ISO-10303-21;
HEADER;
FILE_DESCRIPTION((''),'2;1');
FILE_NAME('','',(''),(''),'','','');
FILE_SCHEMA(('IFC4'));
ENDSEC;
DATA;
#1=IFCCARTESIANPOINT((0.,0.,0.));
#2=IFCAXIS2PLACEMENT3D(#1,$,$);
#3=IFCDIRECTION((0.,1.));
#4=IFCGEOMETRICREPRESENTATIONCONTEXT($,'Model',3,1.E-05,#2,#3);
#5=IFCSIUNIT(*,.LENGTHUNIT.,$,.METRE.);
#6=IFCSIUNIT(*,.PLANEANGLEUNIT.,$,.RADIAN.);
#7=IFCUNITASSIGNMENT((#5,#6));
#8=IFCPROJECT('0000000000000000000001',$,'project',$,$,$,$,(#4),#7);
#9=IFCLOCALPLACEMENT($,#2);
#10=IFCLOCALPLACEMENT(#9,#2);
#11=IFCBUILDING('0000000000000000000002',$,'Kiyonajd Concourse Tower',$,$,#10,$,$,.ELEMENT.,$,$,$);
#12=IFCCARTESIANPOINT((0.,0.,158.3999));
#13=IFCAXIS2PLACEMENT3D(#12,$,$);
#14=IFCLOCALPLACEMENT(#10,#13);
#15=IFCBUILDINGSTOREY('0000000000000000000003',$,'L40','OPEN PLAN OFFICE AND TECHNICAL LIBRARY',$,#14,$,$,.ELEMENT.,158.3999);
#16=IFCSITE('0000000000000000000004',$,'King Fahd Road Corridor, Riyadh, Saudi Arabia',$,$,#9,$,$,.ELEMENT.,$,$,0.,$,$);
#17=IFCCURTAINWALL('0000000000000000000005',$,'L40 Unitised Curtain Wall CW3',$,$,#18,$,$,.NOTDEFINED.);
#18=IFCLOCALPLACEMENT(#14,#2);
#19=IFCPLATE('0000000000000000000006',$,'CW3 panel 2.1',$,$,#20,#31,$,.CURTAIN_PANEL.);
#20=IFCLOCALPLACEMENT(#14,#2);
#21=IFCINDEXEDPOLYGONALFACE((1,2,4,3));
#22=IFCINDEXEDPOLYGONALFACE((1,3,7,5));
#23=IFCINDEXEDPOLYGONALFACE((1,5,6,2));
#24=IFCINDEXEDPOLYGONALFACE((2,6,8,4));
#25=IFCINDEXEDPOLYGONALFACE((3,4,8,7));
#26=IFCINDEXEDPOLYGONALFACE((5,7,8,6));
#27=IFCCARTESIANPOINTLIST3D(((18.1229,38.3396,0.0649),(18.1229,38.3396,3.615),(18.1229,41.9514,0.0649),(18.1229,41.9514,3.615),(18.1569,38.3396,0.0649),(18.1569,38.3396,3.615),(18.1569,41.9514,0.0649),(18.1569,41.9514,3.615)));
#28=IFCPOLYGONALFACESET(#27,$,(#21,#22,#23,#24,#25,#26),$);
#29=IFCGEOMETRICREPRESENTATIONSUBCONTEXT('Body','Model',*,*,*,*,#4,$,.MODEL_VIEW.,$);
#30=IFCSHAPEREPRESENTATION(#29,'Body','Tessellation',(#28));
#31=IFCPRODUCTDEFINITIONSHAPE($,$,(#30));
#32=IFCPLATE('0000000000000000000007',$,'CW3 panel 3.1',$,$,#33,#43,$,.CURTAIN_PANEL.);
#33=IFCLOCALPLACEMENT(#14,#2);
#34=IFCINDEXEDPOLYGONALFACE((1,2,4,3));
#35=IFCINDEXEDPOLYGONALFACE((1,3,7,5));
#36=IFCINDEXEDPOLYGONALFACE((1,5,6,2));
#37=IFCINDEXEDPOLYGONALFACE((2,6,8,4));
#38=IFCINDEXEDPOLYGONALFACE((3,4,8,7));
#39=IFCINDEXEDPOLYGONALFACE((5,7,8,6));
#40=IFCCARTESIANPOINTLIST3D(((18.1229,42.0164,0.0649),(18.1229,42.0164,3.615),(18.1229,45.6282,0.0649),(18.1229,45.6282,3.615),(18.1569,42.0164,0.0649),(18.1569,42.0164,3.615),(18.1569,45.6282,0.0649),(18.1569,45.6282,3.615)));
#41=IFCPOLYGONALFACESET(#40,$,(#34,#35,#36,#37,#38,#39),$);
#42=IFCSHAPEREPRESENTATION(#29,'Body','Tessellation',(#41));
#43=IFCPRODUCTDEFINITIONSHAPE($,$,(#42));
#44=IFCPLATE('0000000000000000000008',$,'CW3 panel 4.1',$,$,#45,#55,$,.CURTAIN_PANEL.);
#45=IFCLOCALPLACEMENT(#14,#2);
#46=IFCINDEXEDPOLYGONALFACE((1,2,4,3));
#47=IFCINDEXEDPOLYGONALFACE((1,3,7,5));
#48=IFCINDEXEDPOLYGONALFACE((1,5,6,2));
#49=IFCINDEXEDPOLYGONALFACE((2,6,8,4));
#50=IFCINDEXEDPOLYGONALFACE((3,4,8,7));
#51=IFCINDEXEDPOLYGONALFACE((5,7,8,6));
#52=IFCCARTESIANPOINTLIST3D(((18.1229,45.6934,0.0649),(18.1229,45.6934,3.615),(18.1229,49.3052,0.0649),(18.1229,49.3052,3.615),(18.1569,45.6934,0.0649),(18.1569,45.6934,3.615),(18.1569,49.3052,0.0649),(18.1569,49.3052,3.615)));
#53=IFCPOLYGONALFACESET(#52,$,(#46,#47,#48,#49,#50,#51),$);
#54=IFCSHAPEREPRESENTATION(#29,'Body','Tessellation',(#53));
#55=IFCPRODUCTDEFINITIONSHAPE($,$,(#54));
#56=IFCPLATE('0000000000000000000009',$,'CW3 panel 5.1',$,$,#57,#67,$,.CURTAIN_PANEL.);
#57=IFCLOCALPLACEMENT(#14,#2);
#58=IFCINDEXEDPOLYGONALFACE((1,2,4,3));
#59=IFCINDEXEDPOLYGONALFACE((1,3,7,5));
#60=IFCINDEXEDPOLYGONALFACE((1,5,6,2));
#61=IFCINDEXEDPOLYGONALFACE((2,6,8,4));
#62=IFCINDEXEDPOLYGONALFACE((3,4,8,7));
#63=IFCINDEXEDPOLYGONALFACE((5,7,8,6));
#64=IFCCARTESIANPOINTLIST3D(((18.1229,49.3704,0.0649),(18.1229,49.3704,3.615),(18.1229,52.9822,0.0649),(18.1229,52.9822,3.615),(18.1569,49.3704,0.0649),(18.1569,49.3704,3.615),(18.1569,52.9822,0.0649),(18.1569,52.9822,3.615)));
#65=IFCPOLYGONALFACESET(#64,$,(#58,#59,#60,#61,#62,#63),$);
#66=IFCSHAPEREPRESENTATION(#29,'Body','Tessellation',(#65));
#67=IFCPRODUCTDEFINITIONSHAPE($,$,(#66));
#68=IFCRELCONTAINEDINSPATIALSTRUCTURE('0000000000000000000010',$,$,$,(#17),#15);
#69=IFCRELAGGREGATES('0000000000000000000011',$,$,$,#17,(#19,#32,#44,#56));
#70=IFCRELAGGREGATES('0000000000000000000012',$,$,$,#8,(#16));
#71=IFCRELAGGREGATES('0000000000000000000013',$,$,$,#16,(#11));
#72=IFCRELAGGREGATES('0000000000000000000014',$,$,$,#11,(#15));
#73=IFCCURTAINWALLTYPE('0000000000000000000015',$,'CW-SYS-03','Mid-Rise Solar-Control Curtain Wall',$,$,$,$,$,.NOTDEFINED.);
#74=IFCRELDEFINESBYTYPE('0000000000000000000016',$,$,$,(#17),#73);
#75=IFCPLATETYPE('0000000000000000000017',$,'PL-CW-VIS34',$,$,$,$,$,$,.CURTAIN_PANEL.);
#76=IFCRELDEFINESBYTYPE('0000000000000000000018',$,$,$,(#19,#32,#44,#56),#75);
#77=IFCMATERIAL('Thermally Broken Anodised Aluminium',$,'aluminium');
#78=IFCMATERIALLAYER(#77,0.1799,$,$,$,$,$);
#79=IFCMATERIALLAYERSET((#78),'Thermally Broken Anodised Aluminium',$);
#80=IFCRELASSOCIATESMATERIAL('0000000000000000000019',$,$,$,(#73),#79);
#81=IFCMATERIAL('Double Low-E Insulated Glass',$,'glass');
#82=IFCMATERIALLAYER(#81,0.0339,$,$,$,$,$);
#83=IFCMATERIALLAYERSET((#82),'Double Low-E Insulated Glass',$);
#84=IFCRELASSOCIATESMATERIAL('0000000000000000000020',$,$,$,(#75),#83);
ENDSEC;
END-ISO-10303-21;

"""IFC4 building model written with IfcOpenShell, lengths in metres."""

from ifc_helpers import new_model, si_unit, direction, frame, origin, origin_2d, place, context, subcontext, project, spatial, rectangle, extrude, material, layer, layer_set, type_object, element, aggregate, save


model = new_model("IFC4")

# Units and contexts
model_context = context("Model", 3, precision=1e-05, world=origin(), true_north=direction((0.0, 1.0)))
body_context = subcontext(model_context, "Body", "Model", "MODEL_VIEW")
ifc_project = project(units=[si_unit("LENGTHUNIT", "METRE"), si_unit("PLANEANGLEUNIT", "RADIAN")], contexts=[model_context])

# Site, building, storey
site_placement = place(None, origin())
site = spatial("IfcSite", under=ifc_project, at=site_placement, Name="King Fahd Road Corridor, Riyadh, Saudi Arabia", CompositionType="ELEMENT", RefElevation=0.0)
building_placement = place(site_placement, origin())
building = spatial("IfcBuilding", under=site, at=building_placement, Name="Kiyonajd Concourse Tower", CompositionType="ELEMENT")
storey_placement = place(building_placement, frame((0.0, 0.0, 158.3999)))
storey = spatial("IfcBuildingStorey", under=building, at=storey_placement, Name="L40", Description="OPEN PLAN OFFICE AND TECHNICAL LIBRARY", CompositionType="ELEMENT", Elevation=158.3999)

# Curtain wall, plates
ifc_material_1 = material(Name="Thermally Broken Anodised Aluminium", Category="aluminium")
ifc_layer_1 = layer(ifc_material_1, 0.1799)
ifc_layer_set_1 = layer_set([ifc_layer_1], Name="Thermally Broken Anodised Aluminium")
curtain_wall_type = type_object("IfcCurtainWallType", Name="CW-SYS-03", Description="Mid-Rise Solar-Control Curtain Wall", PredefinedType="NOTDEFINED", material=ifc_layer_set_1)
curtain_wall_placement = place(storey_placement, origin())
curtain_wall = element("IfcCurtainWall", 1, at=curtain_wall_placement, inside=storey, type_object=curtain_wall_type, Name="L40 Unitised Curtain Wall CW3", PredefinedType="NOTDEFINED")
ifc_material_2 = material(Name="Double Low-E Insulated Glass", Category="glass")
ifc_layer_2 = layer(ifc_material_2, 0.0339)
ifc_layer_set_2 = layer_set([ifc_layer_2], Name="Double Low-E Insulated Glass")
plate_type = type_object("IfcPlateType", Name="PL-CW-VIS34", PredefinedType="CURTAIN_PANEL", material=ifc_layer_set_2)
plate_1_placement = place(storey_placement, frame((18.1399, 40.1455, 0.0649), z_axis=(0.0, 0.0, 1.0), x_axis=(0.0, 1.0, 0.0)))
plate_1 = element("IfcPlate", 2, at=plate_1_placement, type_object=plate_type, Name="CW3 panel 2.1", PredefinedType="CURTAIN_PANEL", context=body_context, shape_type="SweptSolid", body=[
    extrude(rectangle(XDim=3.6118, YDim=0.0339, at=origin_2d()), origin(), (0.0, 0.0, 1.0), 3.55),
])
plate_2_placement = place(storey_placement, frame((18.1399, 43.8223, 0.0649), z_axis=(0.0, 0.0, 1.0), x_axis=(0.0, 1.0, 0.0)))
plate_2 = element("IfcPlate", 3, at=plate_2_placement, type_object=plate_type, Name="CW3 panel 3.1", PredefinedType="CURTAIN_PANEL", context=body_context, shape_type="SweptSolid", body=[
    extrude(rectangle(XDim=3.6118, YDim=0.0339, at=origin_2d()), origin(), (0.0, 0.0, 1.0), 3.55),
])
plate_3_placement = place(storey_placement, frame((18.1399, 47.4993, 0.0649), z_axis=(0.0, 0.0, 1.0), x_axis=(0.0, 1.0, 0.0)))
plate_3 = element("IfcPlate", 4, at=plate_3_placement, type_object=plate_type, Name="CW3 panel 4.1", PredefinedType="CURTAIN_PANEL", context=body_context, shape_type="SweptSolid", body=[
    extrude(rectangle(XDim=3.6118, YDim=0.0339, at=origin_2d()), origin(), (0.0, 0.0, 1.0), 3.55),
])
plate_4_placement = place(storey_placement, frame((18.1399, 51.1763, 0.0649), z_axis=(0.0, 0.0, 1.0), x_axis=(0.0, 1.0, 0.0)))
plate_4 = element("IfcPlate", 5, at=plate_4_placement, type_object=plate_type, Name="CW3 panel 5.1", PredefinedType="CURTAIN_PANEL", context=body_context, shape_type="SweptSolid", body=[
    extrude(rectangle(XDim=3.6118, YDim=0.0339, at=origin_2d()), origin(), (0.0, 0.0, 1.0), 3.55),
])
aggregate(curtain_wall, [plate_1, plate_2, plate_3, plate_4])

save(model, "model.ifc")
